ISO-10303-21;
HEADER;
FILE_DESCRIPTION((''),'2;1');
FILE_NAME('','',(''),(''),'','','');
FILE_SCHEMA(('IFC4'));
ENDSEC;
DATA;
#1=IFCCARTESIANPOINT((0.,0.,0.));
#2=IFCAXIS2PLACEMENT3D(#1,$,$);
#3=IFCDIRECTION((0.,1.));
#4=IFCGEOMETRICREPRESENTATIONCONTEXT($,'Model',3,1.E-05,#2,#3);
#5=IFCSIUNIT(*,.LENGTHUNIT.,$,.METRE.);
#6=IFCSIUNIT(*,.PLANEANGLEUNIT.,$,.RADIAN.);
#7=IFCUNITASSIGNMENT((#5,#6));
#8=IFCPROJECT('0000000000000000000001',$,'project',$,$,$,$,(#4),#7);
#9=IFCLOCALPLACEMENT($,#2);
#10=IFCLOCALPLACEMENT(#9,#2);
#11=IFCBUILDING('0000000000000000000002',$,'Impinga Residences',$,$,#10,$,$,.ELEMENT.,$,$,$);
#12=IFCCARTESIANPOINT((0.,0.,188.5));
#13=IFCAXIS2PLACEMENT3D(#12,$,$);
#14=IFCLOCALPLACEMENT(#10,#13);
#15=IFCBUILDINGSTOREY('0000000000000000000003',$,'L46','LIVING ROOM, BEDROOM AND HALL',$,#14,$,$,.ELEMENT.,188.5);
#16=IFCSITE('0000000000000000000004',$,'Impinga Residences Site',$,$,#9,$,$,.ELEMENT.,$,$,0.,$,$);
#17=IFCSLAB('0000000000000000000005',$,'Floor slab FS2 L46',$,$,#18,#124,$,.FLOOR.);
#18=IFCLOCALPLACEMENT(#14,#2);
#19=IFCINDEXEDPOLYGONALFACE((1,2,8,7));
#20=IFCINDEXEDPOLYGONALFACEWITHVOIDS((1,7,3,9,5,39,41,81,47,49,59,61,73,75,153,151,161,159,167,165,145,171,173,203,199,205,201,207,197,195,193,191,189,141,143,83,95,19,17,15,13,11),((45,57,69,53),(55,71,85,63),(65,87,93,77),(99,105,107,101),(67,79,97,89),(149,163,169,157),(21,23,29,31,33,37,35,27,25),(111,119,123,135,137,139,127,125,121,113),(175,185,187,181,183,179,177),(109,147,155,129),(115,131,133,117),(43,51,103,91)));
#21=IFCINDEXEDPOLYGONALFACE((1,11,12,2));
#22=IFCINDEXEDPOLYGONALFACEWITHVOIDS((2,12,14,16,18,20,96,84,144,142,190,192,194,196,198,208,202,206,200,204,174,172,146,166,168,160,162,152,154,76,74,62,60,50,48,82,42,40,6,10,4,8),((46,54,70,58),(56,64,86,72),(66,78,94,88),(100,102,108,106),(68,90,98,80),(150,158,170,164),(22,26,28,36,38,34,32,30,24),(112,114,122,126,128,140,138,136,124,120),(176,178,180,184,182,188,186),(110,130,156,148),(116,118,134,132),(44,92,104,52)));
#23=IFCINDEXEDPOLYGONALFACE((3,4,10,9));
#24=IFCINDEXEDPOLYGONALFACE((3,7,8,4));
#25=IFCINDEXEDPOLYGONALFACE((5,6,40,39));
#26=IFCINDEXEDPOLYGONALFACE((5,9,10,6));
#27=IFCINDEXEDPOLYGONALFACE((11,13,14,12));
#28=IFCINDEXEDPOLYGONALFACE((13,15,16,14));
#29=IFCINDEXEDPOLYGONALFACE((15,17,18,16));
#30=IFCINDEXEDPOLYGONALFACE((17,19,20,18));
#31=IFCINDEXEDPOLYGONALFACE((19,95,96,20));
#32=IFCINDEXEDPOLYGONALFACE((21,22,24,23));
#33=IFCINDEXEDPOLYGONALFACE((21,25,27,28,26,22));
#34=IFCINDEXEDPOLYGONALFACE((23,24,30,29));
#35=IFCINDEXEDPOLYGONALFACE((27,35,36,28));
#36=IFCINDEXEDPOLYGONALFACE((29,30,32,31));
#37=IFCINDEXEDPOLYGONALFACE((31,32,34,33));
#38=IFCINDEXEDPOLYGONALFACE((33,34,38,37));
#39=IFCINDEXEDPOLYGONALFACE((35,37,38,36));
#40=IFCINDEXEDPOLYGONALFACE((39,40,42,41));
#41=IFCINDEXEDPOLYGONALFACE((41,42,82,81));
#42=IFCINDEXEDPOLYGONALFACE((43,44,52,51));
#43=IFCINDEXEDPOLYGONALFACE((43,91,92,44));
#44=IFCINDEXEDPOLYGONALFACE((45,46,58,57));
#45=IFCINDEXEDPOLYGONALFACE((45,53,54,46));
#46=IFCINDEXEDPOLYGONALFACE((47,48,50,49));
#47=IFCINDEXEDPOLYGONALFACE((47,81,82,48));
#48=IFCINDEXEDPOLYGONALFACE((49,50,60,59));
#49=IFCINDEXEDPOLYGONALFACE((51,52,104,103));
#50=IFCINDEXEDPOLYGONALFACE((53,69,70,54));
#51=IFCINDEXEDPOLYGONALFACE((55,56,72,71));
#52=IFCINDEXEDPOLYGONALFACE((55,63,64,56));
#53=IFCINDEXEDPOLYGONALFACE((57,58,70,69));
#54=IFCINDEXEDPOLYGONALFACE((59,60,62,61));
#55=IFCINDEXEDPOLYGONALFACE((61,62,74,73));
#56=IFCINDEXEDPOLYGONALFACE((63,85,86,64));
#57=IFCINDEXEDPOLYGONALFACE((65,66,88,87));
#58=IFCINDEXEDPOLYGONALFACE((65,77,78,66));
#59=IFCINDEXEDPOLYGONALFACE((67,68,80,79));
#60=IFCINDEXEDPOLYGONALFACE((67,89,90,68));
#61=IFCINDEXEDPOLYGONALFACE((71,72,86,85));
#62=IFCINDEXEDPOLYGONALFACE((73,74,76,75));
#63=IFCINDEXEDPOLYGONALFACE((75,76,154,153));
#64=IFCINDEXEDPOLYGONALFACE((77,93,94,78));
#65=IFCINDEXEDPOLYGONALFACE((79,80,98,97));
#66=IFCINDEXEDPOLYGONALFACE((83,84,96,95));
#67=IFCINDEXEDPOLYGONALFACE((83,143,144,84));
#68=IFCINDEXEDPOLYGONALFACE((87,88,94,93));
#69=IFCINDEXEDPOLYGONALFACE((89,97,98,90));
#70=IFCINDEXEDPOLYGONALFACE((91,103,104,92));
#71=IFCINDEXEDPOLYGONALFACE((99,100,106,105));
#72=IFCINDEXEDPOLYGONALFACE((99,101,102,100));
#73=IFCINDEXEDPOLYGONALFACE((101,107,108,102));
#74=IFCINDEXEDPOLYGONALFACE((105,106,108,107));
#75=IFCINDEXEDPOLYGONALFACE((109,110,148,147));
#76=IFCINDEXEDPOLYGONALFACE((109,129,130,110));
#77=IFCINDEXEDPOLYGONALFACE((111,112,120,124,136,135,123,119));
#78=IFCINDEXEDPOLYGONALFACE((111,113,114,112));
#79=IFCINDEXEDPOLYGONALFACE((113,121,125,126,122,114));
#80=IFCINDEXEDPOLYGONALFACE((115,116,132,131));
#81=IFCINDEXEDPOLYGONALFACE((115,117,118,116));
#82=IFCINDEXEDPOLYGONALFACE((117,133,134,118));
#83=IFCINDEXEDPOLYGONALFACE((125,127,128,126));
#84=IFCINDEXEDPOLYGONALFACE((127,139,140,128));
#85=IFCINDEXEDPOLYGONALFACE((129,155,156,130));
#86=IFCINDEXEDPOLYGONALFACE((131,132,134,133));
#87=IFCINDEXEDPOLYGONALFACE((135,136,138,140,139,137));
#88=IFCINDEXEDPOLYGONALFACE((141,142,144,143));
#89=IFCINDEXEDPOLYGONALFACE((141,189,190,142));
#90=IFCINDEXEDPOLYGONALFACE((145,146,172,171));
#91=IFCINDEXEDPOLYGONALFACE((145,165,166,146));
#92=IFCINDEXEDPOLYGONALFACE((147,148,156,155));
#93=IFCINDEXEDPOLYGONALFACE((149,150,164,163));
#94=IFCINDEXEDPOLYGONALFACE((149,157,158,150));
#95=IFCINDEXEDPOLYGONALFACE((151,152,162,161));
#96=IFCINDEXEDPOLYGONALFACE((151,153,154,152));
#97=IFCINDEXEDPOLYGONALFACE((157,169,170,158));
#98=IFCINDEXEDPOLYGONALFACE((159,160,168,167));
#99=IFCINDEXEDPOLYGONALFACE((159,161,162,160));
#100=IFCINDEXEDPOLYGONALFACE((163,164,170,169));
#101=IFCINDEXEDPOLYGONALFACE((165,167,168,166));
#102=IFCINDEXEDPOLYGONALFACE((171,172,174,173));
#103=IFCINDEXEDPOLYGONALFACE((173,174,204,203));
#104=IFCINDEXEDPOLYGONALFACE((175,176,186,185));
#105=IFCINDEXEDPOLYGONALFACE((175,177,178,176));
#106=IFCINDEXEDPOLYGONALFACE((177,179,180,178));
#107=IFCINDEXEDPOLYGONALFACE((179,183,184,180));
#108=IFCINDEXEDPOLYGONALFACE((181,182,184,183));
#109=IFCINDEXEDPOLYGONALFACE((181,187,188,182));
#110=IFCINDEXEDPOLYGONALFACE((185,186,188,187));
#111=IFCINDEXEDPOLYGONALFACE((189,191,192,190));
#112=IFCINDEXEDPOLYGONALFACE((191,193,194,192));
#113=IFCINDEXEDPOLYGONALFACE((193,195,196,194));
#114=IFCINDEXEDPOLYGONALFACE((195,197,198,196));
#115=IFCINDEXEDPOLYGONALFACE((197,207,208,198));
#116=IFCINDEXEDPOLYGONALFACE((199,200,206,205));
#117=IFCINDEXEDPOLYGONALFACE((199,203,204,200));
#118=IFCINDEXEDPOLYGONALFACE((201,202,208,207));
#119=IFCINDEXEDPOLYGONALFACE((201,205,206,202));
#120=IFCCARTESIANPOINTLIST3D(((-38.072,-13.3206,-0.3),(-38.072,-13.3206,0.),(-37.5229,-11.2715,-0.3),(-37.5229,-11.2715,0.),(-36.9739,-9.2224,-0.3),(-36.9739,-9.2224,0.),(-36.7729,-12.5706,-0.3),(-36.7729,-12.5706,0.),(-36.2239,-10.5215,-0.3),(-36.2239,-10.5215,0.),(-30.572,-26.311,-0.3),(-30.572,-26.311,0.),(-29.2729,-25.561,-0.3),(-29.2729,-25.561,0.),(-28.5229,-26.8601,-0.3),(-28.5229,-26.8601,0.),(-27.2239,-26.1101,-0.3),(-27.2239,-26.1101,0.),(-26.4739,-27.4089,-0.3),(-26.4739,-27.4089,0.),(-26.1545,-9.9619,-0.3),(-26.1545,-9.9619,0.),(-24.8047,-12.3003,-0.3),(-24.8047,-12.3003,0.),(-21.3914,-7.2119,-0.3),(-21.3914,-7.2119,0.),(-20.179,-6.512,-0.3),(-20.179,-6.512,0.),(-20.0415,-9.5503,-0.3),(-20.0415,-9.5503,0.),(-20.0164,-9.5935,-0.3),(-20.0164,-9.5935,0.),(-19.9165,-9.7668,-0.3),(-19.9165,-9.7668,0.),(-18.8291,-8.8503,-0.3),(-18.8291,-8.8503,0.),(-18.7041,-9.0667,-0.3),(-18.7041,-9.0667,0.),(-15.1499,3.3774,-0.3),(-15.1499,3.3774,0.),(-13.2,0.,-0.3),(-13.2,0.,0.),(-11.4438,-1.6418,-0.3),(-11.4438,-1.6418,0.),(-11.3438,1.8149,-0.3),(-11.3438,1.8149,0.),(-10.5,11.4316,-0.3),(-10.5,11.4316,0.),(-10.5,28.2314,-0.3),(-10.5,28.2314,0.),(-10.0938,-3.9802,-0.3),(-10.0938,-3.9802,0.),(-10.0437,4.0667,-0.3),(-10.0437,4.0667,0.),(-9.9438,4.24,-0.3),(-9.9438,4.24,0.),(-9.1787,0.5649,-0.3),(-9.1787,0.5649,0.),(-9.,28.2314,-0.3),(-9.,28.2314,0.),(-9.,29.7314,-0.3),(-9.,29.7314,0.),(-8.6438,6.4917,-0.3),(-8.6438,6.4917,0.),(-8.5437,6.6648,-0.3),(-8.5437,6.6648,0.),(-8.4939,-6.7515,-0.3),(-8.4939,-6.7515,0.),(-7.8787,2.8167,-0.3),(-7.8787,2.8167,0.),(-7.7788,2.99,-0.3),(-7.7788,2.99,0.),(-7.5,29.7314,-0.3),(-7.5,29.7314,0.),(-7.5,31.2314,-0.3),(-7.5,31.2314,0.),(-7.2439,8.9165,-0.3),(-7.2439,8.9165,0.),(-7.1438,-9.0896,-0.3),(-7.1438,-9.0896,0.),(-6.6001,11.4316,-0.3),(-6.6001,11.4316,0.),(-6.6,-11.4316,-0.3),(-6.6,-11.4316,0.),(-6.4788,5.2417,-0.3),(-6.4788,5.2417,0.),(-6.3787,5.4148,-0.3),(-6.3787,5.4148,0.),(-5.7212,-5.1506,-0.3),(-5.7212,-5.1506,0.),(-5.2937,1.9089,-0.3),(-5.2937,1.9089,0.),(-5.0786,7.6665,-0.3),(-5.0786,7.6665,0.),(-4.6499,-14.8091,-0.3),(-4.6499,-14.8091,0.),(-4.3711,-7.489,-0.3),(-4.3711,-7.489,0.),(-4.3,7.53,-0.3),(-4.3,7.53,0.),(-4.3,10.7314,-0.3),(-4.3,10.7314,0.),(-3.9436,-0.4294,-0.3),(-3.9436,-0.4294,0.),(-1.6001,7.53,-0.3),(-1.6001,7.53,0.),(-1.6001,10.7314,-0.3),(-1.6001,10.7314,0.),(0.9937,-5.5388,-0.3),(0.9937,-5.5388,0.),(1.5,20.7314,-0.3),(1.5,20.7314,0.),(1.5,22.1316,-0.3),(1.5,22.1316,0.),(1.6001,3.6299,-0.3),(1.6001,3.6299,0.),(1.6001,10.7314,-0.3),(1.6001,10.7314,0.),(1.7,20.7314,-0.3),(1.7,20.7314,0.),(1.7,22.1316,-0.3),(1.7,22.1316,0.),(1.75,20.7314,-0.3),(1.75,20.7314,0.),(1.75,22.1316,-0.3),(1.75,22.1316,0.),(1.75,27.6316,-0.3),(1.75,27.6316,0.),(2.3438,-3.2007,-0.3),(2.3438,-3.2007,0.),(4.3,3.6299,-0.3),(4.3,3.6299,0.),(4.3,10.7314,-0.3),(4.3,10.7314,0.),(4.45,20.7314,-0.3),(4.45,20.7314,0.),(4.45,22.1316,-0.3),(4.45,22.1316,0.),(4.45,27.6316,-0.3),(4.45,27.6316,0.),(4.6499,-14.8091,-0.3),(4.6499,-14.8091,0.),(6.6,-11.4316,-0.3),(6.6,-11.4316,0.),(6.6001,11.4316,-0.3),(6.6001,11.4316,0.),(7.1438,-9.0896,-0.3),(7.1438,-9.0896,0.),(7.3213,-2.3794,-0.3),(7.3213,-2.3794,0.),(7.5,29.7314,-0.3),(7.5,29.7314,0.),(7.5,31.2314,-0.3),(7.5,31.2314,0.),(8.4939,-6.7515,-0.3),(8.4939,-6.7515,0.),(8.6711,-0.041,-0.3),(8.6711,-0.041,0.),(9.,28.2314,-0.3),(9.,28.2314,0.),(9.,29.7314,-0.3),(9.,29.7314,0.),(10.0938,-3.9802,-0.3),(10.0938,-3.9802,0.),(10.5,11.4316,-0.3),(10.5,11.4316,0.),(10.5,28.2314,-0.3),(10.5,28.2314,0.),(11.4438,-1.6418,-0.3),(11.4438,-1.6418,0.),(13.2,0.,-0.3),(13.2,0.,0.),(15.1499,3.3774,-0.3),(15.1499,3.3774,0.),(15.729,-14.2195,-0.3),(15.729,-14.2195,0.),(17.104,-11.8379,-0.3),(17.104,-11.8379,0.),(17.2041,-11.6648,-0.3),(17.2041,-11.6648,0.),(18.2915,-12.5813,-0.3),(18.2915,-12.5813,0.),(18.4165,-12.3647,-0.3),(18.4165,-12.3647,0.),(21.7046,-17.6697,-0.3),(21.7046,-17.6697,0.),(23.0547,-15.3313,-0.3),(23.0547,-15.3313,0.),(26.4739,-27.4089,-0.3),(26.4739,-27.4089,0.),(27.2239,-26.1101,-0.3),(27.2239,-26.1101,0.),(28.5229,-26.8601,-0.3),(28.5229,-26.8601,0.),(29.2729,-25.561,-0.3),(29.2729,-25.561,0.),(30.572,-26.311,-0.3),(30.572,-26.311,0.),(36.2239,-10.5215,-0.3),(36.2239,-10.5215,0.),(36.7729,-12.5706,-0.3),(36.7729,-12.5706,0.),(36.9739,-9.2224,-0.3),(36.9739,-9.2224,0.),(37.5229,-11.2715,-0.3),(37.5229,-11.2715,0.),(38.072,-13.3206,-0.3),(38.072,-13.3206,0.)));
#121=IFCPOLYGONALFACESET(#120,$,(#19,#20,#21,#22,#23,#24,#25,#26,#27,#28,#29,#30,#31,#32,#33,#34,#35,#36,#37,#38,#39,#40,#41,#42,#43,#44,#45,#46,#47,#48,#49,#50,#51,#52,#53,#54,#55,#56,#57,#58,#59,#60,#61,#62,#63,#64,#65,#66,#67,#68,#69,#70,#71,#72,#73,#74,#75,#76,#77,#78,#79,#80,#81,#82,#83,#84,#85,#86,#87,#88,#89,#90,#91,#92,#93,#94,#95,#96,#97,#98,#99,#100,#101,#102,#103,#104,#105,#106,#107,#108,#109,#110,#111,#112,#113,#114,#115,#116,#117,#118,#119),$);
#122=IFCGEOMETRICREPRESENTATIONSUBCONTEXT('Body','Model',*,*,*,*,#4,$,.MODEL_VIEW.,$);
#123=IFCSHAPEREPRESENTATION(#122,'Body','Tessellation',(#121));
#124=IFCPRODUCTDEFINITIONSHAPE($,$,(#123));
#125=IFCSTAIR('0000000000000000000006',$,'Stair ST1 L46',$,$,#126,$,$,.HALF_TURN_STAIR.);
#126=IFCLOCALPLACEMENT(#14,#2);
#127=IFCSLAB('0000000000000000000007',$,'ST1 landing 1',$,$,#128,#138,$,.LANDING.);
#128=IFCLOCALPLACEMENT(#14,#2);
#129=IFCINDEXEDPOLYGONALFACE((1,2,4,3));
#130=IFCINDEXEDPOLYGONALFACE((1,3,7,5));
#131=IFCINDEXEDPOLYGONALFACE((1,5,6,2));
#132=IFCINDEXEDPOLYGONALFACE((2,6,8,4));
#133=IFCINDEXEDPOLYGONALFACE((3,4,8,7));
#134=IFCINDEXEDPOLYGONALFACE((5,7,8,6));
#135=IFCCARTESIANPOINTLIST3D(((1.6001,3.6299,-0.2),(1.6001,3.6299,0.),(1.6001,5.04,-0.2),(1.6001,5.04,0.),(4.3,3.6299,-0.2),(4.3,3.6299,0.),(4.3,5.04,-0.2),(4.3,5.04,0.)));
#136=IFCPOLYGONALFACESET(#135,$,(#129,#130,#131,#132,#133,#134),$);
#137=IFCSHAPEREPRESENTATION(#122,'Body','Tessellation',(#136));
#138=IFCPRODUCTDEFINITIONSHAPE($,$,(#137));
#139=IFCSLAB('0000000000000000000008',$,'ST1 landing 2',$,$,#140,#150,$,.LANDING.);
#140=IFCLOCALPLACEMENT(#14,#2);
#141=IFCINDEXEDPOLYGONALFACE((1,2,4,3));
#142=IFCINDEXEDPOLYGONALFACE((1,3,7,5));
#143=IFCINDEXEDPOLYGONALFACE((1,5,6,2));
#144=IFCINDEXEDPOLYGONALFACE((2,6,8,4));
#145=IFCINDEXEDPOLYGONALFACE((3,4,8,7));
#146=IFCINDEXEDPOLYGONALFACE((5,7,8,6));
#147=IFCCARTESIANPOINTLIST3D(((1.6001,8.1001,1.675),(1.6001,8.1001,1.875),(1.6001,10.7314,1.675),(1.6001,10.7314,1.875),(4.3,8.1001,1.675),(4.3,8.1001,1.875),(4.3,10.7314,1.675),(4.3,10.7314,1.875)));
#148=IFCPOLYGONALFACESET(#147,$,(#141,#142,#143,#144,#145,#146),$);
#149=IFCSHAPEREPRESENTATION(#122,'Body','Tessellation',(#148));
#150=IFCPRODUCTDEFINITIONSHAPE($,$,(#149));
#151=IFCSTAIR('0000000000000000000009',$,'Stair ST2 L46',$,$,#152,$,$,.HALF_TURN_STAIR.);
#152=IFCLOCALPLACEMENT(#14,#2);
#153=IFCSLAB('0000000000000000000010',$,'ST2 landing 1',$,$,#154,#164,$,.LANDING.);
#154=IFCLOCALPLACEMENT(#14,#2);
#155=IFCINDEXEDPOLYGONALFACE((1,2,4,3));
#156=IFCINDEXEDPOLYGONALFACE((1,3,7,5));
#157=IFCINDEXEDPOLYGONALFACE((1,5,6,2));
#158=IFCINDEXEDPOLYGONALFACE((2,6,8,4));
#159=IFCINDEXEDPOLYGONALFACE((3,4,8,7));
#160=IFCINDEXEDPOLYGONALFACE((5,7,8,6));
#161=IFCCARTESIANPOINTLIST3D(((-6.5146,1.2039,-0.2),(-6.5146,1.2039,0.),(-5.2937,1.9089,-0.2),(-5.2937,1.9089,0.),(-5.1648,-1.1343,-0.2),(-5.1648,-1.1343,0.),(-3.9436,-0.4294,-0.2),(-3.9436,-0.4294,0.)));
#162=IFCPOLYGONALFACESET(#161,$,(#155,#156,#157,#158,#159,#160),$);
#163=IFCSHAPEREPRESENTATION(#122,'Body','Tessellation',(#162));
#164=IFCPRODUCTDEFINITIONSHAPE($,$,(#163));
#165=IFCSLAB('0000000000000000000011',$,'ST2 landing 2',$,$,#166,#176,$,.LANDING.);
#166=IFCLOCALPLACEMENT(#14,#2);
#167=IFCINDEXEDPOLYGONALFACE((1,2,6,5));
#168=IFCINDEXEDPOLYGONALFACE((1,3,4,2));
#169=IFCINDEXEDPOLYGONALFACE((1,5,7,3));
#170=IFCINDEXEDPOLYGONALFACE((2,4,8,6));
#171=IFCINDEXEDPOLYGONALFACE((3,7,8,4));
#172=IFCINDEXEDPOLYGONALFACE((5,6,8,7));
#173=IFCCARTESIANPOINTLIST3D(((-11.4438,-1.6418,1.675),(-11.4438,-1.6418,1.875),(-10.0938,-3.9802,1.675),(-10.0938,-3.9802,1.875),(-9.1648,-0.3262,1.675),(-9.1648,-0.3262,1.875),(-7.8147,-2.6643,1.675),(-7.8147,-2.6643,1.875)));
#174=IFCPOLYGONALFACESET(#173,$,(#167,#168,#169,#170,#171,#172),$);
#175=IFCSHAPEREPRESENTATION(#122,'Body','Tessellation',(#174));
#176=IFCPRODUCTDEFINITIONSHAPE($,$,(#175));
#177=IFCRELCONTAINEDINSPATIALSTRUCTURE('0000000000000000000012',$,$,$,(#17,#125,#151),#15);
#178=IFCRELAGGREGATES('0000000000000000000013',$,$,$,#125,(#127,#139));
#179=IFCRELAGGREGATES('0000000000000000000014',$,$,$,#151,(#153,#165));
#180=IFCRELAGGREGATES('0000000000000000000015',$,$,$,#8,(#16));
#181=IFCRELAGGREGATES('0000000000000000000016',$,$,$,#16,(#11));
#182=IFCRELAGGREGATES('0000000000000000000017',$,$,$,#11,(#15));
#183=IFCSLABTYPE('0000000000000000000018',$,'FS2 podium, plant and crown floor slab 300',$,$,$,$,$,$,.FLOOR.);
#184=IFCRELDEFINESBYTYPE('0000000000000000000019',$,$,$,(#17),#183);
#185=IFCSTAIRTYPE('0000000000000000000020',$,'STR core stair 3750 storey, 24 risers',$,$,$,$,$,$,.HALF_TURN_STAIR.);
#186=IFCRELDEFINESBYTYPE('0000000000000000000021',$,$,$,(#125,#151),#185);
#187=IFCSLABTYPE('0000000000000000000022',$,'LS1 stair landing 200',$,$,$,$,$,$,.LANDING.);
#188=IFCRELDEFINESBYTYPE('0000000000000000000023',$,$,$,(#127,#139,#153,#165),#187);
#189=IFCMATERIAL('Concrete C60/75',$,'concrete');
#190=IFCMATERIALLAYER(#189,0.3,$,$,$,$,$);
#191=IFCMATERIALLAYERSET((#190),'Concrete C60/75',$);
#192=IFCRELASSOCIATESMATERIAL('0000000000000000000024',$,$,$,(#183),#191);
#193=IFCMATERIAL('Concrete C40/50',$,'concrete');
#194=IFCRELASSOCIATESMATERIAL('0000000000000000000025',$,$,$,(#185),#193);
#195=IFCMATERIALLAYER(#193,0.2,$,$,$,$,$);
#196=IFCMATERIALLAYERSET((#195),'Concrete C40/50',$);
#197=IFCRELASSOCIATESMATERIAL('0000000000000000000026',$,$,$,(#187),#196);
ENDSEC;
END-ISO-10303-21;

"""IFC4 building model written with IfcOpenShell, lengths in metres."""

from ifc_helpers import new_model, si_unit, direction, frame, origin, place, context, subcontext, project, spatial, polyline, outline, extrude, material, layer, layer_set, type_object, element, aggregate, save


model = new_model("IFC4")

# Units and contexts
model_context = context("Model", 3, precision=1e-05, world=origin(), true_north=direction((0.0, 1.0)))
body_context = subcontext(model_context, "Body", "Model", "MODEL_VIEW")
ifc_project = project(units=[si_unit("LENGTHUNIT", "METRE"), si_unit("PLANEANGLEUNIT", "RADIAN")], contexts=[model_context])

# Site, building, storey
site_placement = place(None, origin())
site = spatial("IfcSite", under=ifc_project, at=site_placement, Name="Impinga Residences Site", CompositionType="ELEMENT", RefElevation=0.0)
building_placement = place(site_placement, origin())
building = spatial("IfcBuilding", under=site, at=building_placement, Name="Impinga Residences", CompositionType="ELEMENT")
storey_placement = place(building_placement, frame((0.0, 0.0, 188.5)))
storey = spatial("IfcBuildingStorey", under=building, at=storey_placement, Name="L46", Description="LIVING ROOM, BEDROOM AND HALL", CompositionType="ELEMENT", Elevation=188.5)

# Slab
ifc_material_1 = material(Name="Concrete C60/75", Category="concrete")
ifc_layer_1 = layer(ifc_material_1, 0.3)
ifc_layer_set_1 = layer_set([ifc_layer_1], Name="Concrete C60/75")
slab_type_1 = type_object("IfcSlabType", Name="FS2 podium, plant and crown floor slab 300", PredefinedType="FLOOR", material=ifc_layer_set_1)
slab_1_placement = place(storey_placement, frame((0.0, 0.0, -0.3)))
element("IfcSlab", 1, at=slab_1_placement, inside=storey, type_object=slab_type_1, Name="Floor slab FS2 L46", PredefinedType="FLOOR", context=body_context, shape_type="SweptSolid", body=[
    extrude(outline(polyline([(-27.2239, -26.1101), (-28.5229, -26.8601), (-29.2729, -25.561), (-30.572, -26.311), (-38.072, -13.3206), (-36.7729, -12.5706), (-37.5229, -11.2715), (-36.2239, -10.5215), (-36.9739, -9.2224), (-15.1499, 3.3774), (-13.2, 0.0), (-6.6001, 11.4316), (-10.5, 11.4316), (-10.5, 28.2314), (-9.0, 28.2314), (-9.0, 29.7314), (-7.5, 29.7314), (-7.5, 31.2314), (7.5, 31.2314), (7.5, 29.7314), (9.0, 29.7314), (9.0, 28.2314), (10.5, 28.2314), (10.5, 11.4316), (6.6001, 11.4316), (13.2, 0.0), (15.1499, 3.3774), (36.9739, -9.2224), (36.2239, -10.5215), (37.5229, -11.2715), (36.7729, -12.5706), (38.072, -13.3206), (30.572, -26.311), (29.2729, -25.561), (28.5229, -26.8601), (27.2239, -26.1101), (26.4739, -27.4089), (4.6499, -14.8091), (9.9001, -5.7158), (6.6001, -11.4316), (-6.6001, -11.4316), (-9.9001, -5.7158), (-4.6499, -14.8091), (-26.4739, -27.4089), (-27.2239, -26.1101)]), holes=[polyline([(-18.7041, -9.0667), (-18.8291, -8.8503), (-18.8291, -8.8503), (-20.179, -6.512), (-21.3914, -7.2119), (-21.3914, -7.2119), (-26.1545, -9.9619), (-24.8047, -12.3003), (-20.0415, -9.5503), (-20.0164, -9.5935), (-20.0164, -9.5935), (-19.9165, -9.7668), (-18.7041, -9.0667)]), polyline([(-5.7212, -5.1506), (-8.4939, -6.7515), (-7.1438, -9.0896), (-4.3711, -7.489), (-5.7212, -5.1506)]), polyline([(-5.2937, 1.9089), (-11.4438, -1.6418), (-10.0938, -3.9802), (-3.9436, -0.4294), (-5.2937, 1.9089)]), polyline([(-7.8787, 2.8167), (-10.0437, 4.0667), (-11.3438, 1.8149), (-9.1787, 0.5649), (-7.8787, 2.8167)]), polyline([(-6.4788, 5.2417), (-8.6438, 6.4917), (-9.9438, 4.24), (-7.7788, 2.99), (-6.4788, 5.2417)]), polyline([(-6.3787, 5.4148), (-5.0786, 7.6665), (-7.2439, 8.9165), (-8.5437, 6.6648), (-6.3787, 5.4148)]), polyline([(-4.3, 7.53), (-1.6001, 7.53), (-1.6001, 10.7314), (-4.3, 10.7314), (-4.3, 7.53)]), polyline([(15.729, -14.2195), (21.7046, -17.6697), (23.0547, -15.3313), (18.2915, -12.5813), (18.4165, -12.3647), (17.2041, -11.6648), (17.104, -11.8379), (17.104, -11.8379), (15.729, -14.2195)]), polyline([(0.9937, -5.5388), (7.1438, -9.0896), (8.4939, -6.7515), (2.3438, -3.2007), (0.9937, -5.5388)]), polyline([(7.3213, -2.3794), (10.0938, -3.9802), (11.4438, -1.6418), (8.6711, -0.041), (7.3213, -2.3794)]), polyline([(4.3, 3.6299), (4.3, 10.7314), (1.6001, 10.7314), (1.6001, 3.6299), (4.3, 3.6299)]), polyline([(1.7, 22.1316), (1.5, 22.1316), (1.5, 20.7314), (1.7, 20.7314), (1.75, 20.7314), (4.45, 20.7314), (4.45, 22.1316), (4.45, 27.6316), (1.75, 27.6316), (1.75, 22.1316), (1.7, 22.1316)])]), origin(), (0.0, 0.0, 1.0), 0.3),
])

# Stairs, slabs
ifc_material_2 = material(Name="Concrete C40/50", Category="concrete")
stair_type = type_object("IfcStairType", Name="STR core stair 3750 storey, 24 risers", PredefinedType="HALF_TURN_STAIR", material=ifc_material_2)
stair_1_placement = place(storey_placement, origin())
stair_1 = element("IfcStair", 2, at=stair_1_placement, inside=storey, type_object=stair_type, Name="Stair ST1 L46", PredefinedType="HALF_TURN_STAIR")
ifc_layer_2 = layer(ifc_material_2, 0.2)
ifc_layer_set_2 = layer_set([ifc_layer_2], Name="Concrete C40/50")
slab_type_2 = type_object("IfcSlabType", Name="LS1 stair landing 200", PredefinedType="LANDING", material=ifc_layer_set_2)
slab_2_placement = place(storey_placement, frame((0.0, 0.0, -0.2)))
slab_2 = element("IfcSlab", 3, at=slab_2_placement, type_object=slab_type_2, Name="ST1 landing 1", PredefinedType="LANDING", context=body_context, shape_type="SweptSolid", body=[
    extrude(outline(polyline([(1.6001, 3.6299), (4.3, 3.6299), (4.3, 5.04), (1.6001, 5.04), (1.6001, 3.6299)])), origin(), (0.0, 0.0, 1.0), 0.2),
])
slab_3_placement = place(storey_placement, frame((0.0, 0.0, 1.675)))
slab_3 = element("IfcSlab", 4, at=slab_3_placement, type_object=slab_type_2, Name="ST1 landing 2", PredefinedType="LANDING", context=body_context, shape_type="SweptSolid", body=[
    extrude(outline(polyline([(1.6001, 8.1001), (4.3, 8.1001), (4.3, 10.7314), (1.6001, 10.7314), (1.6001, 8.1001)])), origin(), (0.0, 0.0, 1.0), 0.2),
])
aggregate(stair_1, [slab_2, slab_3])
stair_2_placement = place(storey_placement, origin())
stair_2 = element("IfcStair", 5, at=stair_2_placement, inside=storey, type_object=stair_type, Name="Stair ST2 L46", PredefinedType="HALF_TURN_STAIR")
slab_4_placement = place(storey_placement, frame((0.0, 0.0, -0.2)))
slab_4 = element("IfcSlab", 6, at=slab_4_placement, type_object=slab_type_2, Name="ST2 landing 1", PredefinedType="LANDING", context=body_context, shape_type="SweptSolid", body=[
    extrude(outline(polyline([(-3.9436, -0.4294), (-5.2937, 1.9089), (-6.5146, 1.2039), (-5.1648, -1.1343), (-3.9436, -0.4294)])), origin(), (0.0, 0.0, 1.0), 0.2),
])
slab_5_placement = place(storey_placement, frame((0.0, 0.0, 1.675)))
slab_5 = element("IfcSlab", 7, at=slab_5_placement, type_object=slab_type_2, Name="ST2 landing 2", PredefinedType="LANDING", context=body_context, shape_type="SweptSolid", body=[
    extrude(outline(polyline([(-7.8147, -2.6643), (-9.1648, -0.3262), (-11.4438, -1.6418), (-10.0938, -3.9802), (-7.8147, -2.6643)])), origin(), (0.0, 0.0, 1.0), 0.2),
])

aggregate(stair_2, [slab_4, slab_5])

save(model, "model.ifc")
